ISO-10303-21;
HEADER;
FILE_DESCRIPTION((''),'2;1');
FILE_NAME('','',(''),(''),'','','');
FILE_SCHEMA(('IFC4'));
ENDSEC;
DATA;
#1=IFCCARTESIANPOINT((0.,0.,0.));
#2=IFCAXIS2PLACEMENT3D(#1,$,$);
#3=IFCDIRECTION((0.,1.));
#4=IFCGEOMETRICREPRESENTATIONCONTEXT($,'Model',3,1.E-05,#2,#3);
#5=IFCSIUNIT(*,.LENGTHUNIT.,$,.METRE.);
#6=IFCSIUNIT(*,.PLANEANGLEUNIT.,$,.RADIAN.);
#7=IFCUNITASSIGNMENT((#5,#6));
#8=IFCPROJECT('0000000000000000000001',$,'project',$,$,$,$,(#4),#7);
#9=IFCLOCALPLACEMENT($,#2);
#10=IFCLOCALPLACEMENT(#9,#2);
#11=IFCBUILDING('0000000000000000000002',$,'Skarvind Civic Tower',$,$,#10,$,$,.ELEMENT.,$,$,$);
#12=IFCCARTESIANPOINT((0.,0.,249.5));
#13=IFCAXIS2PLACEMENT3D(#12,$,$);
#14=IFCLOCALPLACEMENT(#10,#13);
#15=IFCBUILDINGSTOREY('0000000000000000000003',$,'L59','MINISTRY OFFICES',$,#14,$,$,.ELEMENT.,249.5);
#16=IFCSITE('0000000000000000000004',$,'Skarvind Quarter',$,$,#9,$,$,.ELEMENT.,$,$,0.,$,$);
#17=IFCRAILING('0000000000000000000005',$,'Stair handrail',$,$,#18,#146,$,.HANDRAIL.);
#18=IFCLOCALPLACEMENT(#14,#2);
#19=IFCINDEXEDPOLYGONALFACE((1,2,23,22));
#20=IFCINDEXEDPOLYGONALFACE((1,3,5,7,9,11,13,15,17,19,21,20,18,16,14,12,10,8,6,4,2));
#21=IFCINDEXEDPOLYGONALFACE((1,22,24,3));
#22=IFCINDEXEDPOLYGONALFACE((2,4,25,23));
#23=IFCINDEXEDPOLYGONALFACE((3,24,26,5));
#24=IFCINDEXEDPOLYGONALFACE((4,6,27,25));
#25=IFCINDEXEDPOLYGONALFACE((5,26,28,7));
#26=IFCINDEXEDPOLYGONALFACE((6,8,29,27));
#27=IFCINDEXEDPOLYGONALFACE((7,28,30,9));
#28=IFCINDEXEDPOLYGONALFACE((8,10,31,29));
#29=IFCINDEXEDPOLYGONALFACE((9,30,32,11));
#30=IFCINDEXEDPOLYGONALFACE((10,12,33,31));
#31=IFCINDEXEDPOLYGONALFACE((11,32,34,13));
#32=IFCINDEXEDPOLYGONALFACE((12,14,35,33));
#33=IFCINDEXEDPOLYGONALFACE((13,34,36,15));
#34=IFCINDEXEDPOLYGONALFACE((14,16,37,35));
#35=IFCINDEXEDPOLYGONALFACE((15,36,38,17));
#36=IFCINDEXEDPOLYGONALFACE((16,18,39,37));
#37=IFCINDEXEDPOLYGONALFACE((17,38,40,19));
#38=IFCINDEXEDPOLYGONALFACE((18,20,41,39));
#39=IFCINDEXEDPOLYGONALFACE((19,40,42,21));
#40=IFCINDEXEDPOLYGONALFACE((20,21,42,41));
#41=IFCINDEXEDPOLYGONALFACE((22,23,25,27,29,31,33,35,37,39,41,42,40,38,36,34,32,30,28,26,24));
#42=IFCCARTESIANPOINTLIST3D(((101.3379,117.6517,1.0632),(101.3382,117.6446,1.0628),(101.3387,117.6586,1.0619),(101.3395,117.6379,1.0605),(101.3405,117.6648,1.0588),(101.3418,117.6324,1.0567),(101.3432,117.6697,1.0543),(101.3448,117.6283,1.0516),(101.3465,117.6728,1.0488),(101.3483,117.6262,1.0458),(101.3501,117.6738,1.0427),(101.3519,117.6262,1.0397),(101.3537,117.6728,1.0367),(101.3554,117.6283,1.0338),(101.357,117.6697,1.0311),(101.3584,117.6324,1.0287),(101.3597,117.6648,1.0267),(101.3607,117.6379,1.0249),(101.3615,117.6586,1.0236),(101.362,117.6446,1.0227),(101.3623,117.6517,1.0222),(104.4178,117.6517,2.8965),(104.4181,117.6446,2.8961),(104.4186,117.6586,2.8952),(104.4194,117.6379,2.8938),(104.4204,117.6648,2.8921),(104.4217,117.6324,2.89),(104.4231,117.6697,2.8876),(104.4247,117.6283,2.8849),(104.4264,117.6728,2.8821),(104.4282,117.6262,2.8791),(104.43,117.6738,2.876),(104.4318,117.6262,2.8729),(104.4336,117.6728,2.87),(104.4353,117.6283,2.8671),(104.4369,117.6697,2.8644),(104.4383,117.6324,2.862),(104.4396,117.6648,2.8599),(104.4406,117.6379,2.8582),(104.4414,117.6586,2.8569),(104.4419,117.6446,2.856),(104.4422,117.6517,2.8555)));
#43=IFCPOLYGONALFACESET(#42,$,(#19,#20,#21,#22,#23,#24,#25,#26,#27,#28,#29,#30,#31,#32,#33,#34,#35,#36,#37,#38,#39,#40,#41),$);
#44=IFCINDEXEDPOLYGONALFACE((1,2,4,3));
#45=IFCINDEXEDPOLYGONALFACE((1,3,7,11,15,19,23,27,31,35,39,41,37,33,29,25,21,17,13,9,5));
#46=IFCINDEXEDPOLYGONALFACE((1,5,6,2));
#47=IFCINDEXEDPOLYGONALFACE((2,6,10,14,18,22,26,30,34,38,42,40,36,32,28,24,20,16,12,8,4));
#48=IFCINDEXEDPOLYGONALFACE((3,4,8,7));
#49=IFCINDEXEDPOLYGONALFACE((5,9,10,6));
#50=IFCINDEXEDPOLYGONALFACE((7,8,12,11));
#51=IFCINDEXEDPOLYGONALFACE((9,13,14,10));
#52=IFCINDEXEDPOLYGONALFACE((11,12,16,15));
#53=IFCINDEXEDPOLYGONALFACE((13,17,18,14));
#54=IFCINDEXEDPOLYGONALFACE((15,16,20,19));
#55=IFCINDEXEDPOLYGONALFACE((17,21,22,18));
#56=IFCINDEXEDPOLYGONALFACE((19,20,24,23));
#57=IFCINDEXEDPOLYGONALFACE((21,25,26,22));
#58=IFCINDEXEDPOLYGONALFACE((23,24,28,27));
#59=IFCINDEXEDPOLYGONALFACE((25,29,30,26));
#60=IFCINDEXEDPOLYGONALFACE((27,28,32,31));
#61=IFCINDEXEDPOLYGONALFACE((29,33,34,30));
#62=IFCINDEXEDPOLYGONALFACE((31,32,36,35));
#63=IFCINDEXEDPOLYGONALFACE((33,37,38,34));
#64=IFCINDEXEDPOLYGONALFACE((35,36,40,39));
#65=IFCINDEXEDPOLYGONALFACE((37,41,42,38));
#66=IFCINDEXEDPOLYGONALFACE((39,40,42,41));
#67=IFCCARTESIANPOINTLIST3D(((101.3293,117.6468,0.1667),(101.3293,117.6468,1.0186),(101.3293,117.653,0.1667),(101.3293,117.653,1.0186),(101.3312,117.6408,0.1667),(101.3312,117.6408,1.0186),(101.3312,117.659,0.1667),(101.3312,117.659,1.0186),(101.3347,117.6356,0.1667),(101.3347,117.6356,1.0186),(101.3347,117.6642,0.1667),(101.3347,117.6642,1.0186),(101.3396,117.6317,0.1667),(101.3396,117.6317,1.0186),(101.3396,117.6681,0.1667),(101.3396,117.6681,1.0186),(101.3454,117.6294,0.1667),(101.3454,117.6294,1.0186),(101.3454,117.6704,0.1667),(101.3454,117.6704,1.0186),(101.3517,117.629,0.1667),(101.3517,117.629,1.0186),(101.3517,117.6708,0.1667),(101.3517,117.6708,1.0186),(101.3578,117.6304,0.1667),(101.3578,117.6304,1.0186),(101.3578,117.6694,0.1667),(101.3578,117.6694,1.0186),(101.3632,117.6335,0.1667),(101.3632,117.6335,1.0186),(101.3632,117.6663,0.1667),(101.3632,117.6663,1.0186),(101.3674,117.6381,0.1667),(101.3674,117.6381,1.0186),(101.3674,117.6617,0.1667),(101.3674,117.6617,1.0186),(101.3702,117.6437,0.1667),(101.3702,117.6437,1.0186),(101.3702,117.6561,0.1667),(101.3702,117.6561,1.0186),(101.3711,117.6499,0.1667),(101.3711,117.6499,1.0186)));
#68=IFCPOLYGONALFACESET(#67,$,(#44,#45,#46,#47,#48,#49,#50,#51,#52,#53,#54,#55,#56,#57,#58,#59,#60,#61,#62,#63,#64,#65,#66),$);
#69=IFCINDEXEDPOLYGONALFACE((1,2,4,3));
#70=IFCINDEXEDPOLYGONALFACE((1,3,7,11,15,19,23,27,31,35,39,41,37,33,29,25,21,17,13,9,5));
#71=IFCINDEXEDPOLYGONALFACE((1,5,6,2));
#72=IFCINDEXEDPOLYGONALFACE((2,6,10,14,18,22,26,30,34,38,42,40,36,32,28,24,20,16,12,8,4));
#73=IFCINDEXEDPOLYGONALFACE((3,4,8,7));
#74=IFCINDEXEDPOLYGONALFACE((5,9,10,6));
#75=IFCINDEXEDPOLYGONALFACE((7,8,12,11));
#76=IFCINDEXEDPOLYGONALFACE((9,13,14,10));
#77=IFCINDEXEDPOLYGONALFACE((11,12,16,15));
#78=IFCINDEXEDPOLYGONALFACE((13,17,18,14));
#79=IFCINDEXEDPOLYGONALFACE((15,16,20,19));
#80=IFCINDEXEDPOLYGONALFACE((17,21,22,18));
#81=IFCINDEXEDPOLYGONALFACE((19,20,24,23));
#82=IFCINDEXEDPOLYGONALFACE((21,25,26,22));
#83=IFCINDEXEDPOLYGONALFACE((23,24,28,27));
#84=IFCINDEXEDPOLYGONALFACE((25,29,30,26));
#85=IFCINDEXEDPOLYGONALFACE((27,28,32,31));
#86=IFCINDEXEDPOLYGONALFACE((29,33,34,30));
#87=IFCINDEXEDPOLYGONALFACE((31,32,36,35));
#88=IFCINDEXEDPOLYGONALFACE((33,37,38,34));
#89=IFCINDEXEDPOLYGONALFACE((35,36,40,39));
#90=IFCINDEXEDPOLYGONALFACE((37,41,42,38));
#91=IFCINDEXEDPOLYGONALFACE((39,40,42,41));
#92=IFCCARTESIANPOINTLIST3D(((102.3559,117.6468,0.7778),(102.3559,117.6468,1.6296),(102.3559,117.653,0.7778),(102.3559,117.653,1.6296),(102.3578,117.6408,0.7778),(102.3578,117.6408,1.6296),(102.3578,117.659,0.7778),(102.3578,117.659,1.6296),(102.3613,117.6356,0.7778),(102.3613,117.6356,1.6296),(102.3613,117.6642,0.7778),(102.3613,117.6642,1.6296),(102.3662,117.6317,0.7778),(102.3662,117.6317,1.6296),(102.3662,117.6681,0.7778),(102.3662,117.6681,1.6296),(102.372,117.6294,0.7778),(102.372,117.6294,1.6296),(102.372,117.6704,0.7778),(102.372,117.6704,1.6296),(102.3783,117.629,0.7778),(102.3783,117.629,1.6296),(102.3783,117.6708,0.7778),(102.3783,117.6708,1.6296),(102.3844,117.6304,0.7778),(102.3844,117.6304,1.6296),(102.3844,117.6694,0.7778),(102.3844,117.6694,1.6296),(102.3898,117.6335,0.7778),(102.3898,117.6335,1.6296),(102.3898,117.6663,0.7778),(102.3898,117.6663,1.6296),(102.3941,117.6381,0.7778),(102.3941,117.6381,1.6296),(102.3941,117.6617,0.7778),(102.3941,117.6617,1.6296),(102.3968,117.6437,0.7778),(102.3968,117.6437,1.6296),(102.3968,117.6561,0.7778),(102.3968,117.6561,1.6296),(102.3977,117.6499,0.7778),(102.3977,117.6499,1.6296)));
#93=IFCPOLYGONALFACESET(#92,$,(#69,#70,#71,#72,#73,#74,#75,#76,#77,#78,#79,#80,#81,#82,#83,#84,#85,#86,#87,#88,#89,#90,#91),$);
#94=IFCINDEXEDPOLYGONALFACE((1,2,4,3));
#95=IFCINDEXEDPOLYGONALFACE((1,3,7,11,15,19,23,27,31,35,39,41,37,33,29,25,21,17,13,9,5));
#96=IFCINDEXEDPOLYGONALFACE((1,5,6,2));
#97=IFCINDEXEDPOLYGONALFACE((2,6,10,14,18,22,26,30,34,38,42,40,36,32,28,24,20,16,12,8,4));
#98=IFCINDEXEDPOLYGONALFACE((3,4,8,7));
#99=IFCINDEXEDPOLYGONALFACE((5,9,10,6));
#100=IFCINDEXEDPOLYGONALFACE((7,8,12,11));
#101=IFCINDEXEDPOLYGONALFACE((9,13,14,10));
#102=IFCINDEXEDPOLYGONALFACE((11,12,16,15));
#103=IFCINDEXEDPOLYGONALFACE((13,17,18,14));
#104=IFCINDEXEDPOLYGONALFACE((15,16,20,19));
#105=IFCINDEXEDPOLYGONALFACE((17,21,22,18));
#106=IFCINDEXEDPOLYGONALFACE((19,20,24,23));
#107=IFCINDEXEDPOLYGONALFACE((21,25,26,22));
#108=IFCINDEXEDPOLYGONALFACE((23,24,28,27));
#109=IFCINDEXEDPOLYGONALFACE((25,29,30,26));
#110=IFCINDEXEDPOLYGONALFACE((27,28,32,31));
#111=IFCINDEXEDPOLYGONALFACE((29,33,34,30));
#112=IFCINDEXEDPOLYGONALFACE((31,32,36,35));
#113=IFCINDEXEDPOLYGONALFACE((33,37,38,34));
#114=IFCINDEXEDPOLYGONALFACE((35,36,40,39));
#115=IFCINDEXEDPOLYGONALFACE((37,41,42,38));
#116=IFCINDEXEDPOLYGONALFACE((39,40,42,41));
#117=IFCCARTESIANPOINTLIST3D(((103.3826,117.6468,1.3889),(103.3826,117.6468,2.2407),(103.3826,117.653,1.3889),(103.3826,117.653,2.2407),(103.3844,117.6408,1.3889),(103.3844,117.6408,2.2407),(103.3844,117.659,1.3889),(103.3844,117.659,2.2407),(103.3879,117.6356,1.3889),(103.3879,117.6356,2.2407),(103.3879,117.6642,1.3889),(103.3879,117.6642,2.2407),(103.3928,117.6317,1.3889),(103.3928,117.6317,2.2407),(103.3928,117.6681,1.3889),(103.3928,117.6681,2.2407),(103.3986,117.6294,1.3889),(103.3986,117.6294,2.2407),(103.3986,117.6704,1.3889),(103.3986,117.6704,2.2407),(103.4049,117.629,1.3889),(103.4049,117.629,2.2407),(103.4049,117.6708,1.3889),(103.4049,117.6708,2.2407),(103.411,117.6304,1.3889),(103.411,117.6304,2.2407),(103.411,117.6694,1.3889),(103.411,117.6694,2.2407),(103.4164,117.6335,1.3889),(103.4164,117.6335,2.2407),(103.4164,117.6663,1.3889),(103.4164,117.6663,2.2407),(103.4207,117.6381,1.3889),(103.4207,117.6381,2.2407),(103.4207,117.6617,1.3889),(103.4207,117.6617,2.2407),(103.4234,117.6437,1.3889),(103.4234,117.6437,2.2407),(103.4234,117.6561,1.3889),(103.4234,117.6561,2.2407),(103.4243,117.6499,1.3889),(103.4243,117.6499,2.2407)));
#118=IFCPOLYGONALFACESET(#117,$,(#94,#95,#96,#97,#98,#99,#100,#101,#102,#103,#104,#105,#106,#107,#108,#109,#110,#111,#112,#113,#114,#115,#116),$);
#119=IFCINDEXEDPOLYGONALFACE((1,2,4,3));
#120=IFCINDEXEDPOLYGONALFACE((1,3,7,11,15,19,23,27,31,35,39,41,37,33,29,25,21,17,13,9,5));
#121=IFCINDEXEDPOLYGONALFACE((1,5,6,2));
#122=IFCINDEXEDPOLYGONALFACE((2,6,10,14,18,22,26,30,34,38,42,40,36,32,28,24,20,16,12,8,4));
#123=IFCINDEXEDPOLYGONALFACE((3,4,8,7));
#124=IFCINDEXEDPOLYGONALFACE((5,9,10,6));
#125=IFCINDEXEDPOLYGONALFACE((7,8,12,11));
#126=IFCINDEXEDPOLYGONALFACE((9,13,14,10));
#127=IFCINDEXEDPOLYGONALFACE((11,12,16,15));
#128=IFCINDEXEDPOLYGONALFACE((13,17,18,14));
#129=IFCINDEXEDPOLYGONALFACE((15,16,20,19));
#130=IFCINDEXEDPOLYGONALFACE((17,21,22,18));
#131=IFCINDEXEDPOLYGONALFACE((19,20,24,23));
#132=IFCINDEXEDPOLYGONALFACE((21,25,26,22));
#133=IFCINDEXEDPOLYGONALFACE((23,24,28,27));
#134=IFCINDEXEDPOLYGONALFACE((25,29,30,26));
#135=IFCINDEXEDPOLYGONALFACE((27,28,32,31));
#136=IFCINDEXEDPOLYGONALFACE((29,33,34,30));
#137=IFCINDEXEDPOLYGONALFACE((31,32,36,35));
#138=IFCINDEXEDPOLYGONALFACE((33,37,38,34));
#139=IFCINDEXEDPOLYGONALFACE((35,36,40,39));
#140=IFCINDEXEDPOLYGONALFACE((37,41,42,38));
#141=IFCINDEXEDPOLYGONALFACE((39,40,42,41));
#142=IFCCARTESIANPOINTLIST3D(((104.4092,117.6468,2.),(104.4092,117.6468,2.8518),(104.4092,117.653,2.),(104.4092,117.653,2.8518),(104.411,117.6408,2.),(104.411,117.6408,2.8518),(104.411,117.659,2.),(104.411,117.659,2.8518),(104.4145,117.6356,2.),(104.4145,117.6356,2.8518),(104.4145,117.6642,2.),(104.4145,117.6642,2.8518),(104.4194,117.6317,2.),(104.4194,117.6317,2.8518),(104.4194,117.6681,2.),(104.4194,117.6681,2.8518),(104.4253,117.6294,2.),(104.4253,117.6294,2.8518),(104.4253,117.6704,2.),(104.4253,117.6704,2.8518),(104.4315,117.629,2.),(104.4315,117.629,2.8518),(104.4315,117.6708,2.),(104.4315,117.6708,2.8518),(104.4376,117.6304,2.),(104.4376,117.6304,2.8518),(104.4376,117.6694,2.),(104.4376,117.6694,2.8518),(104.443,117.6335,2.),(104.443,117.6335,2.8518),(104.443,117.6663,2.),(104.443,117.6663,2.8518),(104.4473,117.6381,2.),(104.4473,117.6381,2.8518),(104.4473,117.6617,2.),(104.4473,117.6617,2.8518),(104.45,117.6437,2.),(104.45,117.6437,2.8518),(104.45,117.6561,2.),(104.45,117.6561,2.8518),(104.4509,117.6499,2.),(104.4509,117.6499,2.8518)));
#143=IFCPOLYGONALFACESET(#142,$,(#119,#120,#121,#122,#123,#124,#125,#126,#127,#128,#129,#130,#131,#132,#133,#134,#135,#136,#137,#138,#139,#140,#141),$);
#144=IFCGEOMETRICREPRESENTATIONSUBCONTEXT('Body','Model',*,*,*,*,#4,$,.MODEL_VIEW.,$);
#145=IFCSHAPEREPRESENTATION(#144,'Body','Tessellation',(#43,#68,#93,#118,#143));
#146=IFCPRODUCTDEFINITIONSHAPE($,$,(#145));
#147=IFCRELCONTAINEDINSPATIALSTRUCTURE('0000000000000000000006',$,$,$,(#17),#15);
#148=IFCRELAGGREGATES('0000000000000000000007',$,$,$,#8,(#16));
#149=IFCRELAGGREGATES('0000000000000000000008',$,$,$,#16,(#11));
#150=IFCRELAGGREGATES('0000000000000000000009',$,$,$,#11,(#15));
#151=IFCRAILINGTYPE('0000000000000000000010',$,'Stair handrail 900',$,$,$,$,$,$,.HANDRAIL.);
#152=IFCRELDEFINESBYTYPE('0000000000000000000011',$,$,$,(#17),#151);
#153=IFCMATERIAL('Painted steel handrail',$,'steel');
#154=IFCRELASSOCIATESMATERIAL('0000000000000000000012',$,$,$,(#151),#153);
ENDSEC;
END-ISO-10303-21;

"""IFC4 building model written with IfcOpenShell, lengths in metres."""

from ifc_helpers import new_model, si_unit, direction, frame, origin, origin_2d, place, context, subcontext, project, spatial, circle, extrude, material, type_object, element, save


model = new_model("IFC4")

# Units and contexts
model_context = context("Model", 3, precision=1e-05, world=origin(), true_north=direction((0.0, 1.0)))
body_context = subcontext(model_context, "Body", "Model", "MODEL_VIEW")
ifc_project = project(units=[si_unit("LENGTHUNIT", "METRE"), si_unit("PLANEANGLEUNIT", "RADIAN")], contexts=[model_context])

# Site, building, storey
site_placement = place(None, origin())
site = spatial("IfcSite", under=ifc_project, at=site_placement, Name="Skarvind Quarter", CompositionType="ELEMENT", RefElevation=0.0)
building_placement = place(site_placement, origin())
building = spatial("IfcBuilding", under=site, at=building_placement, Name="Skarvind Civic Tower", CompositionType="ELEMENT")
storey_placement = place(building_placement, frame((0.0, 0.0, 249.5)))
storey = spatial("IfcBuildingStorey", under=building, at=storey_placement, Name="L59", Description="MINISTRY OFFICES", CompositionType="ELEMENT", Elevation=249.5)

# Railing
ifc_material_1 = material(Name="Painted steel handrail", Category="steel")
railing_type = type_object("IfcRailingType", Name="Stair handrail 900", PredefinedType="HANDRAIL", material=ifc_material_1)
railing_placement = place(storey_placement, frame((101.3501, 117.6499, 0.1667)))
element("IfcRailing", 1, at=railing_placement, inside=storey, type_object=railing_type, Name="Stair handrail", PredefinedType="HANDRAIL", context=body_context, shape_type="SweptSolid", body=[
    extrude(circle(Radius=0.0239, at=origin_2d()), frame((0.0, 0.0, 0.876), z_axis=(0.859291, 0.0, 0.511487), x_axis=(0.0, 1.0, 0.0)), (0.0, 0.0, 1.0), 3.5842),
    extrude(circle(Radius=0.021, at=origin_2d()), origin(), (0.0, 0.0, 1.0), 0.8518),
    extrude(circle(Radius=0.021, at=origin_2d()), frame((1.0266, 0.0, 0.6111)), (0.0, 0.0, 1.0), 0.8518),
    extrude(circle(Radius=0.021, at=origin_2d()), frame((2.0532, 0.0, 1.2222)), (0.0, 0.0, 1.0), 0.8518),
    extrude(circle(Radius=0.021, at=origin_2d()), frame((3.0798, 0.0, 1.8333)), (0.0, 0.0, 1.0), 0.8518),
])

save(model, "model.ifc")
